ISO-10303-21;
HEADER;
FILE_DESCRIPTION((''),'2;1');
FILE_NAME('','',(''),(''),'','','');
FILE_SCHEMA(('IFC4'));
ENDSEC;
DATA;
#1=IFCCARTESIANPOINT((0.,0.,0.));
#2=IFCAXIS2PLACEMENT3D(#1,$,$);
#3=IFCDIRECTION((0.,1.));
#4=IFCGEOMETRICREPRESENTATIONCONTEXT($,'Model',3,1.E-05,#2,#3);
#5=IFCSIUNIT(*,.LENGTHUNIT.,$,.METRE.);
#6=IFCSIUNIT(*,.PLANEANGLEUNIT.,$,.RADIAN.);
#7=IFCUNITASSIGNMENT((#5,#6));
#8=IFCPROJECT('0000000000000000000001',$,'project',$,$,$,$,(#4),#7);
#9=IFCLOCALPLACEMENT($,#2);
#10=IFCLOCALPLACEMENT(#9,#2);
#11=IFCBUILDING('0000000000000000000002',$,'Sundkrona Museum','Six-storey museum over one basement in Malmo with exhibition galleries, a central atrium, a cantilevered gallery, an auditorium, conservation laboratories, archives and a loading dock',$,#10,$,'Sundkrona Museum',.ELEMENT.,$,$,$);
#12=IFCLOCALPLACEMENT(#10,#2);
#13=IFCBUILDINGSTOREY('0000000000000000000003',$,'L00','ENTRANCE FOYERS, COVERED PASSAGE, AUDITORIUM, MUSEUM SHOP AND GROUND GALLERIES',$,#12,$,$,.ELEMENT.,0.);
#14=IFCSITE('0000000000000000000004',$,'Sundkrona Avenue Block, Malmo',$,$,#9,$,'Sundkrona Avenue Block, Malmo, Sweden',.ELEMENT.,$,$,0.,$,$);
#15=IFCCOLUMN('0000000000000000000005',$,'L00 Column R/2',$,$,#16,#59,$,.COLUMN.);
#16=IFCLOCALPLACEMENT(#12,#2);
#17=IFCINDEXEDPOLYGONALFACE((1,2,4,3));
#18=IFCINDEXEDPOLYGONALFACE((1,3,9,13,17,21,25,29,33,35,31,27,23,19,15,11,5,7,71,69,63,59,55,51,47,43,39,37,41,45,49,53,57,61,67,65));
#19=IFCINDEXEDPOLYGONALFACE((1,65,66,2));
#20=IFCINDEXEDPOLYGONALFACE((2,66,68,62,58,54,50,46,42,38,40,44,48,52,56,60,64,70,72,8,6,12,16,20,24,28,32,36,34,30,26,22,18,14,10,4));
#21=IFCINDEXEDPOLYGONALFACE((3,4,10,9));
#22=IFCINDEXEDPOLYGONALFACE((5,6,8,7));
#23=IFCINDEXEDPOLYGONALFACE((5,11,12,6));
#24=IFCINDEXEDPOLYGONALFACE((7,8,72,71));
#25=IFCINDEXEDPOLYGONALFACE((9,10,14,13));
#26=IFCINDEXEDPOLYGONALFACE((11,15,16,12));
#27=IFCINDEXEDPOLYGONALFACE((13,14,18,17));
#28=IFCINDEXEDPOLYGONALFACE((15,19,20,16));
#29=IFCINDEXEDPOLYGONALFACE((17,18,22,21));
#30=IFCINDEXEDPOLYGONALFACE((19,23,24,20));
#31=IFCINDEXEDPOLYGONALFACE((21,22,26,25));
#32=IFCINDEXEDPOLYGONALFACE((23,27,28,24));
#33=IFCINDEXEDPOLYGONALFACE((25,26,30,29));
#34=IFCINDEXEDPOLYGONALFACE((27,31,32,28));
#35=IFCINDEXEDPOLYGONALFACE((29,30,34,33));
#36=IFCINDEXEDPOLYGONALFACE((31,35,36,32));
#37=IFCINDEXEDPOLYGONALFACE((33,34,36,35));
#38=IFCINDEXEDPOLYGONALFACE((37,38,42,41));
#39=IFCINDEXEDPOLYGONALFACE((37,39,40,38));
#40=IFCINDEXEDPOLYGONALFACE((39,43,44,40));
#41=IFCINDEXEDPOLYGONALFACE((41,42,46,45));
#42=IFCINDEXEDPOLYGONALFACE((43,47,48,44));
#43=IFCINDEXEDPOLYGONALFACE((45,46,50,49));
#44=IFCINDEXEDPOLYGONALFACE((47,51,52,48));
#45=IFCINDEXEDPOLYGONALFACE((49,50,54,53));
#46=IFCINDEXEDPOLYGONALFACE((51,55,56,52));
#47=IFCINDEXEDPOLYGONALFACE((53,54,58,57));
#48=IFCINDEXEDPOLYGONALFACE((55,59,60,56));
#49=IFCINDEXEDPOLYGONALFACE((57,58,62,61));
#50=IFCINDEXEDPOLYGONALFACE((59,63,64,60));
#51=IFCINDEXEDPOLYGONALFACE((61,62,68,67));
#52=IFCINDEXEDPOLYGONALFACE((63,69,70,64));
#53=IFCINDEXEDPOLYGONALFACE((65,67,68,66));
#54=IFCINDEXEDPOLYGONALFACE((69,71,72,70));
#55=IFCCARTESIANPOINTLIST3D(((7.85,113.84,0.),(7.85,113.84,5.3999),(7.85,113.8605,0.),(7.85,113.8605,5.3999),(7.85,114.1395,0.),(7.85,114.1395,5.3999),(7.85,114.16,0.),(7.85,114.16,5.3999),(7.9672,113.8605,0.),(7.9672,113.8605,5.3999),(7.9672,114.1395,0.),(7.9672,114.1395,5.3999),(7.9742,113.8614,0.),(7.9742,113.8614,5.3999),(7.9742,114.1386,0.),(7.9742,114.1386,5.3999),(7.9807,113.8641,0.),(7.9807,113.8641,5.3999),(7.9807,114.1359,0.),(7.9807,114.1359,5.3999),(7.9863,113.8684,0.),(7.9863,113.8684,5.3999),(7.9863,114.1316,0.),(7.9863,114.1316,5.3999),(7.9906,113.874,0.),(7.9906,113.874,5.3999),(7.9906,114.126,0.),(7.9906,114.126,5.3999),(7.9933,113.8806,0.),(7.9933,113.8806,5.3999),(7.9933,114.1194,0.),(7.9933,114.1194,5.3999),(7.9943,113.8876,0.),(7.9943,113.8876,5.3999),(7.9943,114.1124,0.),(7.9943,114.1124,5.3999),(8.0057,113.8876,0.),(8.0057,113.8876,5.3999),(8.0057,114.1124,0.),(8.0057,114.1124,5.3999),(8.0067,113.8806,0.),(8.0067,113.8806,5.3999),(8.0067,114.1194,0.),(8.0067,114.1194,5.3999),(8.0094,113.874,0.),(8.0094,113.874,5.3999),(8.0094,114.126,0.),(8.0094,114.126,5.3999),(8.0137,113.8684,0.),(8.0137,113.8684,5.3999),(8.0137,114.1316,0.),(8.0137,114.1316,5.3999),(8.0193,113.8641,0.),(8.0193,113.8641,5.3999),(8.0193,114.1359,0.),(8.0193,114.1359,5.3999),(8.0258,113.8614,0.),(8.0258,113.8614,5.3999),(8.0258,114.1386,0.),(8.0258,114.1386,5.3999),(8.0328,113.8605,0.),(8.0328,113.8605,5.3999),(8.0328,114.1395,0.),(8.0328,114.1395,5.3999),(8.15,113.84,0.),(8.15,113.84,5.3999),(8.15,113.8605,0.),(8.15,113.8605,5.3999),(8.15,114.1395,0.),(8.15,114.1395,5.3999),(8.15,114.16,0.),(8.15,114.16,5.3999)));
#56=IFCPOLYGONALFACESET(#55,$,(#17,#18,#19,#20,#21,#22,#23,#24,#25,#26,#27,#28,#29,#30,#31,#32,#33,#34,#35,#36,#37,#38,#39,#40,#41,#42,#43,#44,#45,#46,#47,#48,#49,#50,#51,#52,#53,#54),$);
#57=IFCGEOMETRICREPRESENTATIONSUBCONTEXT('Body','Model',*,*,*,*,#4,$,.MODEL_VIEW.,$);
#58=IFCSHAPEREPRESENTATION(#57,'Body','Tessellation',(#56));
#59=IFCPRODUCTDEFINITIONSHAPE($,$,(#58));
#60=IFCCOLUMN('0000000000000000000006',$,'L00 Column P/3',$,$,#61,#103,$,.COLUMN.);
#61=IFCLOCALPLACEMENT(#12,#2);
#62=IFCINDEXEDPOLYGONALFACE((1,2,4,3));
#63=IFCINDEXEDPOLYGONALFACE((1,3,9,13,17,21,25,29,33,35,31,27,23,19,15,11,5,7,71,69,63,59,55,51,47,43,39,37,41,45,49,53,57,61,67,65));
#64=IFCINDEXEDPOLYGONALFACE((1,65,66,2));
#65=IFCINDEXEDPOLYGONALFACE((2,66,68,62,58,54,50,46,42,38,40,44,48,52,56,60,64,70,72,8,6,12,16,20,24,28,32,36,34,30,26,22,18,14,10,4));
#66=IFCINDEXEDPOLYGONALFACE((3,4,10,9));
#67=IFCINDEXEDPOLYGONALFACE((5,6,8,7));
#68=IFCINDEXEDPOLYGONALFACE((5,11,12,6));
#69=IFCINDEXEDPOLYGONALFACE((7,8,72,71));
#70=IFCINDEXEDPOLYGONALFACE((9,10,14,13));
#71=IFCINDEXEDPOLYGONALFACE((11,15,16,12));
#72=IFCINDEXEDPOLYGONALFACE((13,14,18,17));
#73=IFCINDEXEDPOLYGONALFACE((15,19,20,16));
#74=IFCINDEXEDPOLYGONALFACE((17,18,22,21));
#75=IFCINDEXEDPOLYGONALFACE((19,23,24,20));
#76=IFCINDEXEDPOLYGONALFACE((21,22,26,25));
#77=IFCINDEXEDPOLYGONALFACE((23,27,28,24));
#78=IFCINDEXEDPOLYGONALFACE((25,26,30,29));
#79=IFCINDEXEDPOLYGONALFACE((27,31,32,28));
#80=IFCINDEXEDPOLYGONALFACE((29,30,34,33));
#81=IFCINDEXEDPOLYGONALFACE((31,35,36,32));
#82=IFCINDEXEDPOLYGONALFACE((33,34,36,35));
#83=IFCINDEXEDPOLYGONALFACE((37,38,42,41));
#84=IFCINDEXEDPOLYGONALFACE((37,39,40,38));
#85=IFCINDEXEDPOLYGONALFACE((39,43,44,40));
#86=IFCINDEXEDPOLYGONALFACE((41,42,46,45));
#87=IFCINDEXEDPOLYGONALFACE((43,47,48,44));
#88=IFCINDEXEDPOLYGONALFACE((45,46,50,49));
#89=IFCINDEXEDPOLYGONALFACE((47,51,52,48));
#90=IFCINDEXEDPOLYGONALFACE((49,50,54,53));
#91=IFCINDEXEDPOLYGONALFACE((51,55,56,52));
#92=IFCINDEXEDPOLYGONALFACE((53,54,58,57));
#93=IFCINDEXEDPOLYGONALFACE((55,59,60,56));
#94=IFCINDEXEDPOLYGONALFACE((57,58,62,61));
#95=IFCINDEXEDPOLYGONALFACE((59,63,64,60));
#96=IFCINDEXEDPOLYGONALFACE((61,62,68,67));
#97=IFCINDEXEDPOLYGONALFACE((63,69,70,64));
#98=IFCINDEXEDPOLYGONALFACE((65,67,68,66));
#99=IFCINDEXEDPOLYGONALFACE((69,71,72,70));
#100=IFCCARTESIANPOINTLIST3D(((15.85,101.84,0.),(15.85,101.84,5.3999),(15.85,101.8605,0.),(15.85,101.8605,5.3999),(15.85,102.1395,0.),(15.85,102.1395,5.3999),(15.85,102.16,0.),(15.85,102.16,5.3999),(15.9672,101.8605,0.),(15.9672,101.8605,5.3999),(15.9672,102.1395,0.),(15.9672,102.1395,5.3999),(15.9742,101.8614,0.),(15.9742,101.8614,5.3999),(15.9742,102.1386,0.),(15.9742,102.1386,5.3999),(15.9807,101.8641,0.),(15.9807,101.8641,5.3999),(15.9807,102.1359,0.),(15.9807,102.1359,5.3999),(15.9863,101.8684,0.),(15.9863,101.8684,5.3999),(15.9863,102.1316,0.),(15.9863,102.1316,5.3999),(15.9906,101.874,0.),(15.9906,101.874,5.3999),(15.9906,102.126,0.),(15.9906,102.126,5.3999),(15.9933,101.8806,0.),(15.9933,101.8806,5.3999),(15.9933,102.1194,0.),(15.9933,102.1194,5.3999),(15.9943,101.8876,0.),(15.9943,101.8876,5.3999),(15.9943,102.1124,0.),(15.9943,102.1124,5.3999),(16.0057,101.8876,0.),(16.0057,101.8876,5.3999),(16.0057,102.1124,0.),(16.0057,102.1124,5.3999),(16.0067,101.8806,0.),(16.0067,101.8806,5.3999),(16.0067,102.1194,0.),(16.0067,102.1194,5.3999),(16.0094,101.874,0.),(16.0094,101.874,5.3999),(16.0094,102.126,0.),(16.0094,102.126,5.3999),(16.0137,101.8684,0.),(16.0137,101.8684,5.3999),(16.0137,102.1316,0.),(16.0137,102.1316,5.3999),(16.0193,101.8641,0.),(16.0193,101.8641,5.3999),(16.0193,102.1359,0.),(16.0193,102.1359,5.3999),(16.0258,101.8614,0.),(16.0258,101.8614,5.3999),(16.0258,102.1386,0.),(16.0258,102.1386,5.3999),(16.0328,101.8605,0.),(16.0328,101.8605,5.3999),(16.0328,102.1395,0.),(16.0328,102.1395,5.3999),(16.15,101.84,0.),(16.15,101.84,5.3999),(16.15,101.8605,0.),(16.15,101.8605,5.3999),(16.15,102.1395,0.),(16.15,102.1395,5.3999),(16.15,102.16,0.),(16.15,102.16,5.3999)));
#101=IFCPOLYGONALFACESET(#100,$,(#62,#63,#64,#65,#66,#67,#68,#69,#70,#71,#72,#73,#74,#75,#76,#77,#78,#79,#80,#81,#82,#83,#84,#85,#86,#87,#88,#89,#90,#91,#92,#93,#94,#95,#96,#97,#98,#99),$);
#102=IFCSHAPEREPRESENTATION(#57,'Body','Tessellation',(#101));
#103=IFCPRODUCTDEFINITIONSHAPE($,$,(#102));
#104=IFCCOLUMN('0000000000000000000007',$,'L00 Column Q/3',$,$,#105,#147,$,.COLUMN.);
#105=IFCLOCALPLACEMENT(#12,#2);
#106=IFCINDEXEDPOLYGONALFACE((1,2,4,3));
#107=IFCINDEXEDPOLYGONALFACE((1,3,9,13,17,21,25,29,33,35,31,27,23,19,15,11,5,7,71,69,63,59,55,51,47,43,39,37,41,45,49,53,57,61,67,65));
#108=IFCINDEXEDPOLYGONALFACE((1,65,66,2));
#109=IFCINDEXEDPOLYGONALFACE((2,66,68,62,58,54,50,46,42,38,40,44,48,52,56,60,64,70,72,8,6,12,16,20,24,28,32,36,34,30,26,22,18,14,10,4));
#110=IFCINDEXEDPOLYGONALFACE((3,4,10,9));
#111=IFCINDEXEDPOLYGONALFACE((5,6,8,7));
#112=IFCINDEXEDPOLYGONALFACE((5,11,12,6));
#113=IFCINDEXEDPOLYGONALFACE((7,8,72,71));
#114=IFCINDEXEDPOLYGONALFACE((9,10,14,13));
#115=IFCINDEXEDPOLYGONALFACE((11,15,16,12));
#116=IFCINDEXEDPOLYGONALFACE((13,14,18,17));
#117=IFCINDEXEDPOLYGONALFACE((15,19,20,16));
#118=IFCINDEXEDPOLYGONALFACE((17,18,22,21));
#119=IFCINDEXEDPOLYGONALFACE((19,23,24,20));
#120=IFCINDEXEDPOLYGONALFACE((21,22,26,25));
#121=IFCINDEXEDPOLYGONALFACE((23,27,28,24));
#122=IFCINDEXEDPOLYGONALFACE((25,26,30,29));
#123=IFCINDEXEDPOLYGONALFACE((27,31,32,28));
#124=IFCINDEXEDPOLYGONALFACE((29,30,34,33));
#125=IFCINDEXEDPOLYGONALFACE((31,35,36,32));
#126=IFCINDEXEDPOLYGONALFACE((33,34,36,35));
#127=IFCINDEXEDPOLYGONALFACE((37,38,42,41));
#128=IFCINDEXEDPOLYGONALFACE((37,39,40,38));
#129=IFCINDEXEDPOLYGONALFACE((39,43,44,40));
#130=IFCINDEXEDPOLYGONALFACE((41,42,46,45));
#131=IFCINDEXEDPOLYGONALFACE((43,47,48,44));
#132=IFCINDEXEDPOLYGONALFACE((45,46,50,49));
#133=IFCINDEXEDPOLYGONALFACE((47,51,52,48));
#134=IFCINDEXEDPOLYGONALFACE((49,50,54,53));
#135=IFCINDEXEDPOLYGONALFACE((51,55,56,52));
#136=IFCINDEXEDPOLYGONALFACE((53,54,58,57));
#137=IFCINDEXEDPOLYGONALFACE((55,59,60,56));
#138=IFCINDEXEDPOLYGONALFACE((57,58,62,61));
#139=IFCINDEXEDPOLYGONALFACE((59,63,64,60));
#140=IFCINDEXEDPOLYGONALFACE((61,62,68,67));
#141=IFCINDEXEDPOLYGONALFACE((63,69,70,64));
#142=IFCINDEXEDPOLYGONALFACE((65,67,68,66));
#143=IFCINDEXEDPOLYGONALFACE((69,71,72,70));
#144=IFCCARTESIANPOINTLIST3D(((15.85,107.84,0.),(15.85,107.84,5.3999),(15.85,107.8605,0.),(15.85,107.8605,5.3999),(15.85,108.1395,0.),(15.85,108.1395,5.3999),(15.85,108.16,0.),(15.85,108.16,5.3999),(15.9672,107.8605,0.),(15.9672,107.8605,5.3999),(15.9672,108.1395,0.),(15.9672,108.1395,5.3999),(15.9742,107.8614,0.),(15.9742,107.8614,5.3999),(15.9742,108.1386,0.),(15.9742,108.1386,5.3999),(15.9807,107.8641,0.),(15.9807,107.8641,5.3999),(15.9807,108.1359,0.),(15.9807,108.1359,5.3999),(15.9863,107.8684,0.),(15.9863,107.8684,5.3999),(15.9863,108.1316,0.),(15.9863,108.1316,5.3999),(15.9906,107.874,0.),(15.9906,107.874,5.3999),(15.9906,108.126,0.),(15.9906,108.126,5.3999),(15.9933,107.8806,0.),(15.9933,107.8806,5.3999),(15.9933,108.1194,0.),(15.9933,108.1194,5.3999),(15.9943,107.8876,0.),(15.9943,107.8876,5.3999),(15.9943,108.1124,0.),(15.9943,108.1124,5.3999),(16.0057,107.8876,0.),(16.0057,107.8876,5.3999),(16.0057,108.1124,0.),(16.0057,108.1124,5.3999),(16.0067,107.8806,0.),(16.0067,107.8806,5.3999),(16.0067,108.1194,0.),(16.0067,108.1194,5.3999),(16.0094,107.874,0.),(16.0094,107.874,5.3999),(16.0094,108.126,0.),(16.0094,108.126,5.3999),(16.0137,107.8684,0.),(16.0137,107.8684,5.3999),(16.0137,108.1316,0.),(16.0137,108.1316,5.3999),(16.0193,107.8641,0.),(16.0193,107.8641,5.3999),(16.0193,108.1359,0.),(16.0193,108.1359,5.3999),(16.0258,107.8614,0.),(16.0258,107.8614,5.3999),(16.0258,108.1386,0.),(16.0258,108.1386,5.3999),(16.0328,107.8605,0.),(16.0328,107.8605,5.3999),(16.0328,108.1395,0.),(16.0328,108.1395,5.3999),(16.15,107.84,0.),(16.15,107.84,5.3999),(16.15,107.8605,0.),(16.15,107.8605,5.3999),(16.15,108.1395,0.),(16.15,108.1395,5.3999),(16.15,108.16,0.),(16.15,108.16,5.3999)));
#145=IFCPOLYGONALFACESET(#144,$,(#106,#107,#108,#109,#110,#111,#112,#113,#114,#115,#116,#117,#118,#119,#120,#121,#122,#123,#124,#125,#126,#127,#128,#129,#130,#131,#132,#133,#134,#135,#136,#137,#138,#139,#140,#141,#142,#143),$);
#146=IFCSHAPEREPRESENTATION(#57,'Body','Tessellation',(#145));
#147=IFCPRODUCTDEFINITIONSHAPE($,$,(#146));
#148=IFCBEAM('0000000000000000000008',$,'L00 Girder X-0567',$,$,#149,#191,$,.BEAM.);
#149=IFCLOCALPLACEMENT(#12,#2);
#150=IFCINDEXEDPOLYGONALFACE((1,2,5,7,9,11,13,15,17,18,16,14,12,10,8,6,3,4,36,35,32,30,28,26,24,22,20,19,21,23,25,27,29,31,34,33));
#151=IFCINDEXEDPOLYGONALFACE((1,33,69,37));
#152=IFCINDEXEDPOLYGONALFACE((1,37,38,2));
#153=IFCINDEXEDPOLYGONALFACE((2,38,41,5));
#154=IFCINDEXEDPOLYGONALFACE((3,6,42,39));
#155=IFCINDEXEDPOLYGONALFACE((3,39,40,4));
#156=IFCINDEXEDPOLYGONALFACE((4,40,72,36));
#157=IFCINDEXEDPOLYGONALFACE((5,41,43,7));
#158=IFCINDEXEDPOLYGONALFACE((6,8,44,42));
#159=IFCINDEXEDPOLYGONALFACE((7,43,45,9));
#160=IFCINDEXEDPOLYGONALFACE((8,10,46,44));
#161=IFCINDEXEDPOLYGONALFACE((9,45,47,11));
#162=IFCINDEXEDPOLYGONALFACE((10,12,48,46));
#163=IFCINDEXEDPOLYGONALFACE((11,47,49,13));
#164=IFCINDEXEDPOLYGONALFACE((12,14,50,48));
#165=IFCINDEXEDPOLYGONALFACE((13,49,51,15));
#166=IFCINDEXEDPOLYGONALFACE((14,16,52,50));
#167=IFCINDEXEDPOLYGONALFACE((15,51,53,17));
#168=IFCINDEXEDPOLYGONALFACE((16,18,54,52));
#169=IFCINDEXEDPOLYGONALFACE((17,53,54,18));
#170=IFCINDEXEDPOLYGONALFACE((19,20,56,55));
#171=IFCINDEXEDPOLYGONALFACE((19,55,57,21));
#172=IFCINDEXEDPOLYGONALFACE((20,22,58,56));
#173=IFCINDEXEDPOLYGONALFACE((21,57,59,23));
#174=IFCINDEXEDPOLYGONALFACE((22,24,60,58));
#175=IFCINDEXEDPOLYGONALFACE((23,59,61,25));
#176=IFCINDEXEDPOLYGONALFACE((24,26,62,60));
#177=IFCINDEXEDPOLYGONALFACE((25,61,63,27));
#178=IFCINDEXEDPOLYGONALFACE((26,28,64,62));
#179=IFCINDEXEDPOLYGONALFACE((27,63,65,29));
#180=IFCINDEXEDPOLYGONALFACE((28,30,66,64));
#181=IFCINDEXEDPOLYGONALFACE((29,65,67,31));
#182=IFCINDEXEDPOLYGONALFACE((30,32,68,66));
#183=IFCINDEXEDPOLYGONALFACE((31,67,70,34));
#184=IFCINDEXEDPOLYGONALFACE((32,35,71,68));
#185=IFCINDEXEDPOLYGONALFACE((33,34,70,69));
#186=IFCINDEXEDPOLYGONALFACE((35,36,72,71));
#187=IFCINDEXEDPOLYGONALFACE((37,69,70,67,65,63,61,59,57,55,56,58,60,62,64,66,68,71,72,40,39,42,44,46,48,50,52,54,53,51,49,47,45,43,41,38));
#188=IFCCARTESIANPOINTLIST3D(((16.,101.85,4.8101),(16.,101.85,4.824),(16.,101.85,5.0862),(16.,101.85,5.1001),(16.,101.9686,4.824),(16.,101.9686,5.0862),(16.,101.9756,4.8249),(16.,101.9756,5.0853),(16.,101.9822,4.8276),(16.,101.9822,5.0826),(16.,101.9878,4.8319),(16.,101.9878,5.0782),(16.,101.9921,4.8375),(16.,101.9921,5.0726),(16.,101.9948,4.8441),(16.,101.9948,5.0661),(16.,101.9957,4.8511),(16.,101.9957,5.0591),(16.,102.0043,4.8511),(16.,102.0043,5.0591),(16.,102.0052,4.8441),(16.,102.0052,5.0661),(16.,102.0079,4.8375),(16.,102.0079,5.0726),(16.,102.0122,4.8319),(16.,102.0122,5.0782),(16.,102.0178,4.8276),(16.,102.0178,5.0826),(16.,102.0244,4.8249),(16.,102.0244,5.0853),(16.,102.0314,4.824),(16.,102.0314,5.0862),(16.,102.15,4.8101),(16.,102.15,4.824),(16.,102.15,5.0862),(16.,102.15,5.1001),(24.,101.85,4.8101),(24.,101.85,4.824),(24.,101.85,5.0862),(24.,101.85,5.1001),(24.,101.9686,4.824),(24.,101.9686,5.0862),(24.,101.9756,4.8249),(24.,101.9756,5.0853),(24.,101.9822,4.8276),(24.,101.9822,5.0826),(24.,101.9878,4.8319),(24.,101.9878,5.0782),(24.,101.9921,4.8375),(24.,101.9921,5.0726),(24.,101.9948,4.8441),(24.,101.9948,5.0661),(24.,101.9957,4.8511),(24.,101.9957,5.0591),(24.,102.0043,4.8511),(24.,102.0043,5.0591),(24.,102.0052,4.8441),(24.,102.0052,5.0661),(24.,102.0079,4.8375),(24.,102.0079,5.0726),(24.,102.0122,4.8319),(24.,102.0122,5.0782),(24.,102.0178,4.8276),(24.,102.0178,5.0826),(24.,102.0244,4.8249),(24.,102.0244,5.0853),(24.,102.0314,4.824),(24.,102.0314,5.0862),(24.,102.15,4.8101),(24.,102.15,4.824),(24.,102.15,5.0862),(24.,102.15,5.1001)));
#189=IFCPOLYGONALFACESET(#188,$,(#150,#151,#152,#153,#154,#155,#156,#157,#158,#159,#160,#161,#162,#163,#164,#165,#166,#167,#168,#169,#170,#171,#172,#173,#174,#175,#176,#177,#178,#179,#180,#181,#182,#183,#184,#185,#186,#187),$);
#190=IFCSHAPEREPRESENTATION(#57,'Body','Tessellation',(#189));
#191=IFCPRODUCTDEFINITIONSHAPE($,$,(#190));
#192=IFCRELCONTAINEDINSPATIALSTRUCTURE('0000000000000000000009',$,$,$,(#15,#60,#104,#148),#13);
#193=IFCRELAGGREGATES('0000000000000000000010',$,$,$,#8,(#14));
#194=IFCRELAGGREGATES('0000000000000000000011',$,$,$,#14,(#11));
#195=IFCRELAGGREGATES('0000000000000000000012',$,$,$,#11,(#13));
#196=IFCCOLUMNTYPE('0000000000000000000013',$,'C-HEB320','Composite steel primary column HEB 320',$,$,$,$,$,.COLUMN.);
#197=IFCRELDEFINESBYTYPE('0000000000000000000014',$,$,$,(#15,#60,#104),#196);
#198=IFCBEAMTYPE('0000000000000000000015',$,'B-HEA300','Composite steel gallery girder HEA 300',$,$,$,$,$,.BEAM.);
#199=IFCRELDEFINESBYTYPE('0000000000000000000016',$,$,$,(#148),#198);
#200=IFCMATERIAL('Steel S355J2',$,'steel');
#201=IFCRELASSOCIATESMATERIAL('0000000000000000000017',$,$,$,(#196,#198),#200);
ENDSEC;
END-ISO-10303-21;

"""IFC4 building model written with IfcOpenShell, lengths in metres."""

from ifc_helpers import new_model, si_unit, direction, frame, origin, origin_2d, place, context, subcontext, project, spatial, i_section, extrude, material, material_profile, profile_set, type_object, element, save


model = new_model("IFC4")

# Units and contexts
model_context = context("Model", 3, precision=1e-05, world=origin(), true_north=direction((0.0, 1.0)))
body_context = subcontext(model_context, "Body", "Model", "MODEL_VIEW")
ifc_project = project(units=[si_unit("LENGTHUNIT", "METRE"), si_unit("PLANEANGLEUNIT", "RADIAN")], contexts=[model_context])

# Site, building, storey
site_placement = place(None, origin())
site = spatial("IfcSite", under=ifc_project, at=site_placement, Name="Sundkrona Avenue Block, Malmo", LongName="Sundkrona Avenue Block, Malmo, Sweden", CompositionType="ELEMENT", RefElevation=0.0)
building_placement = place(site_placement, origin())
building = spatial("IfcBuilding", under=site, at=building_placement, Name="Sundkrona Museum", Description="Six-storey museum over one basement in Malmo with exhibition galleries, a central atrium, a cantilevered gallery, an auditorium, conservation laboratories, archives and a loading dock", LongName="Sundkrona Museum", CompositionType="ELEMENT")
storey_placement = place(building_placement, origin())
storey = spatial("IfcBuildingStorey", under=building, at=storey_placement, Name="L00", Description="ENTRANCE FOYERS, COVERED PASSAGE, AUDITORIUM, MUSEUM SHOP AND GROUND GALLERIES", CompositionType="ELEMENT", Elevation=0.0)

# Columns
ifc_material_1 = material(Name="Steel S355J2", Category="steel")
ifc_material_profile_1 = material_profile(ifc_material_1, i_section(OverallWidth=0.3, OverallDepth=0.3201, WebThickness=0.0115, FlangeThickness=0.0205, FilletRadius=0.0271, at=origin_2d()), Name="HEB 320")
ifc_profile_set_1 = profile_set([ifc_material_profile_1], Name="Steel S355J2")
column_type = type_object("IfcColumnType", Name="C-HEB320", Description="Composite steel primary column HEB 320", PredefinedType="COLUMN", material=ifc_profile_set_1)
for number, where, z_axis, x_axis, name in (
    (1, (8.0, 114.0, 0.0), (0.0, 0.0, 1.0), (1.0, 0.0, 0.0), "L00 Column R/2"),
    (2, (16.0, 102.0, 0.0), (0.0, 0.0, 1.0), (1.0, 0.0, 0.0), "L00 Column P/3"),
    (3, (16.0, 108.0, 0.0), (0.0, 0.0, 1.0), (1.0, 0.0, 0.0), "L00 Column Q/3"),
):
    element("IfcColumn", number, at=place(storey_placement, frame(where, z_axis=z_axis, x_axis=x_axis)), inside=storey, type_object=column_type, Name=name, PredefinedType="COLUMN", context=body_context, shape_type="SweptSolid", body=[
        extrude(i_section(OverallWidth=0.3, OverallDepth=0.3201, WebThickness=0.0115, FlangeThickness=0.0205, FilletRadius=0.0271, at=origin_2d()), origin(), (0.0, 0.0, 1.0), 5.3999),
    ])

# Beam
ifc_material_profile_2 = material_profile(ifc_material_1, i_section(OverallWidth=0.3, OverallDepth=0.29, WebThickness=0.0085, FlangeThickness=0.0139, FilletRadius=0.0271, at=origin_2d()), Name="HEA 300")
ifc_profile_set_2 = profile_set([ifc_material_profile_2], Name="Steel S355J2")
beam_type_1 = type_object("IfcBeamType", Name="B-HEA300", Description="Composite steel gallery girder HEA 300", PredefinedType="BEAM", material=ifc_profile_set_2)
beam_1_placement = place(storey_placement, frame((16.0, 102.0, 4.9551), z_axis=(1.0, 0.0, 0.0), x_axis=(0.0, 1.0, 0.0)))
element("IfcBeam", 4, at=beam_1_placement, inside=storey, type_object=beam_type_1, Name="L00 Girder X-0567", PredefinedType="BEAM", context=body_context, shape_type="SweptSolid", body=[
    extrude(i_section(OverallWidth=0.3, OverallDepth=0.29, WebThickness=0.0085, FlangeThickness=0.0139, FilletRadius=0.0271, at=origin_2d()), origin(), (0.0, 0.0, 1.0), 8.0),
])

save(model, "model.ifc")
